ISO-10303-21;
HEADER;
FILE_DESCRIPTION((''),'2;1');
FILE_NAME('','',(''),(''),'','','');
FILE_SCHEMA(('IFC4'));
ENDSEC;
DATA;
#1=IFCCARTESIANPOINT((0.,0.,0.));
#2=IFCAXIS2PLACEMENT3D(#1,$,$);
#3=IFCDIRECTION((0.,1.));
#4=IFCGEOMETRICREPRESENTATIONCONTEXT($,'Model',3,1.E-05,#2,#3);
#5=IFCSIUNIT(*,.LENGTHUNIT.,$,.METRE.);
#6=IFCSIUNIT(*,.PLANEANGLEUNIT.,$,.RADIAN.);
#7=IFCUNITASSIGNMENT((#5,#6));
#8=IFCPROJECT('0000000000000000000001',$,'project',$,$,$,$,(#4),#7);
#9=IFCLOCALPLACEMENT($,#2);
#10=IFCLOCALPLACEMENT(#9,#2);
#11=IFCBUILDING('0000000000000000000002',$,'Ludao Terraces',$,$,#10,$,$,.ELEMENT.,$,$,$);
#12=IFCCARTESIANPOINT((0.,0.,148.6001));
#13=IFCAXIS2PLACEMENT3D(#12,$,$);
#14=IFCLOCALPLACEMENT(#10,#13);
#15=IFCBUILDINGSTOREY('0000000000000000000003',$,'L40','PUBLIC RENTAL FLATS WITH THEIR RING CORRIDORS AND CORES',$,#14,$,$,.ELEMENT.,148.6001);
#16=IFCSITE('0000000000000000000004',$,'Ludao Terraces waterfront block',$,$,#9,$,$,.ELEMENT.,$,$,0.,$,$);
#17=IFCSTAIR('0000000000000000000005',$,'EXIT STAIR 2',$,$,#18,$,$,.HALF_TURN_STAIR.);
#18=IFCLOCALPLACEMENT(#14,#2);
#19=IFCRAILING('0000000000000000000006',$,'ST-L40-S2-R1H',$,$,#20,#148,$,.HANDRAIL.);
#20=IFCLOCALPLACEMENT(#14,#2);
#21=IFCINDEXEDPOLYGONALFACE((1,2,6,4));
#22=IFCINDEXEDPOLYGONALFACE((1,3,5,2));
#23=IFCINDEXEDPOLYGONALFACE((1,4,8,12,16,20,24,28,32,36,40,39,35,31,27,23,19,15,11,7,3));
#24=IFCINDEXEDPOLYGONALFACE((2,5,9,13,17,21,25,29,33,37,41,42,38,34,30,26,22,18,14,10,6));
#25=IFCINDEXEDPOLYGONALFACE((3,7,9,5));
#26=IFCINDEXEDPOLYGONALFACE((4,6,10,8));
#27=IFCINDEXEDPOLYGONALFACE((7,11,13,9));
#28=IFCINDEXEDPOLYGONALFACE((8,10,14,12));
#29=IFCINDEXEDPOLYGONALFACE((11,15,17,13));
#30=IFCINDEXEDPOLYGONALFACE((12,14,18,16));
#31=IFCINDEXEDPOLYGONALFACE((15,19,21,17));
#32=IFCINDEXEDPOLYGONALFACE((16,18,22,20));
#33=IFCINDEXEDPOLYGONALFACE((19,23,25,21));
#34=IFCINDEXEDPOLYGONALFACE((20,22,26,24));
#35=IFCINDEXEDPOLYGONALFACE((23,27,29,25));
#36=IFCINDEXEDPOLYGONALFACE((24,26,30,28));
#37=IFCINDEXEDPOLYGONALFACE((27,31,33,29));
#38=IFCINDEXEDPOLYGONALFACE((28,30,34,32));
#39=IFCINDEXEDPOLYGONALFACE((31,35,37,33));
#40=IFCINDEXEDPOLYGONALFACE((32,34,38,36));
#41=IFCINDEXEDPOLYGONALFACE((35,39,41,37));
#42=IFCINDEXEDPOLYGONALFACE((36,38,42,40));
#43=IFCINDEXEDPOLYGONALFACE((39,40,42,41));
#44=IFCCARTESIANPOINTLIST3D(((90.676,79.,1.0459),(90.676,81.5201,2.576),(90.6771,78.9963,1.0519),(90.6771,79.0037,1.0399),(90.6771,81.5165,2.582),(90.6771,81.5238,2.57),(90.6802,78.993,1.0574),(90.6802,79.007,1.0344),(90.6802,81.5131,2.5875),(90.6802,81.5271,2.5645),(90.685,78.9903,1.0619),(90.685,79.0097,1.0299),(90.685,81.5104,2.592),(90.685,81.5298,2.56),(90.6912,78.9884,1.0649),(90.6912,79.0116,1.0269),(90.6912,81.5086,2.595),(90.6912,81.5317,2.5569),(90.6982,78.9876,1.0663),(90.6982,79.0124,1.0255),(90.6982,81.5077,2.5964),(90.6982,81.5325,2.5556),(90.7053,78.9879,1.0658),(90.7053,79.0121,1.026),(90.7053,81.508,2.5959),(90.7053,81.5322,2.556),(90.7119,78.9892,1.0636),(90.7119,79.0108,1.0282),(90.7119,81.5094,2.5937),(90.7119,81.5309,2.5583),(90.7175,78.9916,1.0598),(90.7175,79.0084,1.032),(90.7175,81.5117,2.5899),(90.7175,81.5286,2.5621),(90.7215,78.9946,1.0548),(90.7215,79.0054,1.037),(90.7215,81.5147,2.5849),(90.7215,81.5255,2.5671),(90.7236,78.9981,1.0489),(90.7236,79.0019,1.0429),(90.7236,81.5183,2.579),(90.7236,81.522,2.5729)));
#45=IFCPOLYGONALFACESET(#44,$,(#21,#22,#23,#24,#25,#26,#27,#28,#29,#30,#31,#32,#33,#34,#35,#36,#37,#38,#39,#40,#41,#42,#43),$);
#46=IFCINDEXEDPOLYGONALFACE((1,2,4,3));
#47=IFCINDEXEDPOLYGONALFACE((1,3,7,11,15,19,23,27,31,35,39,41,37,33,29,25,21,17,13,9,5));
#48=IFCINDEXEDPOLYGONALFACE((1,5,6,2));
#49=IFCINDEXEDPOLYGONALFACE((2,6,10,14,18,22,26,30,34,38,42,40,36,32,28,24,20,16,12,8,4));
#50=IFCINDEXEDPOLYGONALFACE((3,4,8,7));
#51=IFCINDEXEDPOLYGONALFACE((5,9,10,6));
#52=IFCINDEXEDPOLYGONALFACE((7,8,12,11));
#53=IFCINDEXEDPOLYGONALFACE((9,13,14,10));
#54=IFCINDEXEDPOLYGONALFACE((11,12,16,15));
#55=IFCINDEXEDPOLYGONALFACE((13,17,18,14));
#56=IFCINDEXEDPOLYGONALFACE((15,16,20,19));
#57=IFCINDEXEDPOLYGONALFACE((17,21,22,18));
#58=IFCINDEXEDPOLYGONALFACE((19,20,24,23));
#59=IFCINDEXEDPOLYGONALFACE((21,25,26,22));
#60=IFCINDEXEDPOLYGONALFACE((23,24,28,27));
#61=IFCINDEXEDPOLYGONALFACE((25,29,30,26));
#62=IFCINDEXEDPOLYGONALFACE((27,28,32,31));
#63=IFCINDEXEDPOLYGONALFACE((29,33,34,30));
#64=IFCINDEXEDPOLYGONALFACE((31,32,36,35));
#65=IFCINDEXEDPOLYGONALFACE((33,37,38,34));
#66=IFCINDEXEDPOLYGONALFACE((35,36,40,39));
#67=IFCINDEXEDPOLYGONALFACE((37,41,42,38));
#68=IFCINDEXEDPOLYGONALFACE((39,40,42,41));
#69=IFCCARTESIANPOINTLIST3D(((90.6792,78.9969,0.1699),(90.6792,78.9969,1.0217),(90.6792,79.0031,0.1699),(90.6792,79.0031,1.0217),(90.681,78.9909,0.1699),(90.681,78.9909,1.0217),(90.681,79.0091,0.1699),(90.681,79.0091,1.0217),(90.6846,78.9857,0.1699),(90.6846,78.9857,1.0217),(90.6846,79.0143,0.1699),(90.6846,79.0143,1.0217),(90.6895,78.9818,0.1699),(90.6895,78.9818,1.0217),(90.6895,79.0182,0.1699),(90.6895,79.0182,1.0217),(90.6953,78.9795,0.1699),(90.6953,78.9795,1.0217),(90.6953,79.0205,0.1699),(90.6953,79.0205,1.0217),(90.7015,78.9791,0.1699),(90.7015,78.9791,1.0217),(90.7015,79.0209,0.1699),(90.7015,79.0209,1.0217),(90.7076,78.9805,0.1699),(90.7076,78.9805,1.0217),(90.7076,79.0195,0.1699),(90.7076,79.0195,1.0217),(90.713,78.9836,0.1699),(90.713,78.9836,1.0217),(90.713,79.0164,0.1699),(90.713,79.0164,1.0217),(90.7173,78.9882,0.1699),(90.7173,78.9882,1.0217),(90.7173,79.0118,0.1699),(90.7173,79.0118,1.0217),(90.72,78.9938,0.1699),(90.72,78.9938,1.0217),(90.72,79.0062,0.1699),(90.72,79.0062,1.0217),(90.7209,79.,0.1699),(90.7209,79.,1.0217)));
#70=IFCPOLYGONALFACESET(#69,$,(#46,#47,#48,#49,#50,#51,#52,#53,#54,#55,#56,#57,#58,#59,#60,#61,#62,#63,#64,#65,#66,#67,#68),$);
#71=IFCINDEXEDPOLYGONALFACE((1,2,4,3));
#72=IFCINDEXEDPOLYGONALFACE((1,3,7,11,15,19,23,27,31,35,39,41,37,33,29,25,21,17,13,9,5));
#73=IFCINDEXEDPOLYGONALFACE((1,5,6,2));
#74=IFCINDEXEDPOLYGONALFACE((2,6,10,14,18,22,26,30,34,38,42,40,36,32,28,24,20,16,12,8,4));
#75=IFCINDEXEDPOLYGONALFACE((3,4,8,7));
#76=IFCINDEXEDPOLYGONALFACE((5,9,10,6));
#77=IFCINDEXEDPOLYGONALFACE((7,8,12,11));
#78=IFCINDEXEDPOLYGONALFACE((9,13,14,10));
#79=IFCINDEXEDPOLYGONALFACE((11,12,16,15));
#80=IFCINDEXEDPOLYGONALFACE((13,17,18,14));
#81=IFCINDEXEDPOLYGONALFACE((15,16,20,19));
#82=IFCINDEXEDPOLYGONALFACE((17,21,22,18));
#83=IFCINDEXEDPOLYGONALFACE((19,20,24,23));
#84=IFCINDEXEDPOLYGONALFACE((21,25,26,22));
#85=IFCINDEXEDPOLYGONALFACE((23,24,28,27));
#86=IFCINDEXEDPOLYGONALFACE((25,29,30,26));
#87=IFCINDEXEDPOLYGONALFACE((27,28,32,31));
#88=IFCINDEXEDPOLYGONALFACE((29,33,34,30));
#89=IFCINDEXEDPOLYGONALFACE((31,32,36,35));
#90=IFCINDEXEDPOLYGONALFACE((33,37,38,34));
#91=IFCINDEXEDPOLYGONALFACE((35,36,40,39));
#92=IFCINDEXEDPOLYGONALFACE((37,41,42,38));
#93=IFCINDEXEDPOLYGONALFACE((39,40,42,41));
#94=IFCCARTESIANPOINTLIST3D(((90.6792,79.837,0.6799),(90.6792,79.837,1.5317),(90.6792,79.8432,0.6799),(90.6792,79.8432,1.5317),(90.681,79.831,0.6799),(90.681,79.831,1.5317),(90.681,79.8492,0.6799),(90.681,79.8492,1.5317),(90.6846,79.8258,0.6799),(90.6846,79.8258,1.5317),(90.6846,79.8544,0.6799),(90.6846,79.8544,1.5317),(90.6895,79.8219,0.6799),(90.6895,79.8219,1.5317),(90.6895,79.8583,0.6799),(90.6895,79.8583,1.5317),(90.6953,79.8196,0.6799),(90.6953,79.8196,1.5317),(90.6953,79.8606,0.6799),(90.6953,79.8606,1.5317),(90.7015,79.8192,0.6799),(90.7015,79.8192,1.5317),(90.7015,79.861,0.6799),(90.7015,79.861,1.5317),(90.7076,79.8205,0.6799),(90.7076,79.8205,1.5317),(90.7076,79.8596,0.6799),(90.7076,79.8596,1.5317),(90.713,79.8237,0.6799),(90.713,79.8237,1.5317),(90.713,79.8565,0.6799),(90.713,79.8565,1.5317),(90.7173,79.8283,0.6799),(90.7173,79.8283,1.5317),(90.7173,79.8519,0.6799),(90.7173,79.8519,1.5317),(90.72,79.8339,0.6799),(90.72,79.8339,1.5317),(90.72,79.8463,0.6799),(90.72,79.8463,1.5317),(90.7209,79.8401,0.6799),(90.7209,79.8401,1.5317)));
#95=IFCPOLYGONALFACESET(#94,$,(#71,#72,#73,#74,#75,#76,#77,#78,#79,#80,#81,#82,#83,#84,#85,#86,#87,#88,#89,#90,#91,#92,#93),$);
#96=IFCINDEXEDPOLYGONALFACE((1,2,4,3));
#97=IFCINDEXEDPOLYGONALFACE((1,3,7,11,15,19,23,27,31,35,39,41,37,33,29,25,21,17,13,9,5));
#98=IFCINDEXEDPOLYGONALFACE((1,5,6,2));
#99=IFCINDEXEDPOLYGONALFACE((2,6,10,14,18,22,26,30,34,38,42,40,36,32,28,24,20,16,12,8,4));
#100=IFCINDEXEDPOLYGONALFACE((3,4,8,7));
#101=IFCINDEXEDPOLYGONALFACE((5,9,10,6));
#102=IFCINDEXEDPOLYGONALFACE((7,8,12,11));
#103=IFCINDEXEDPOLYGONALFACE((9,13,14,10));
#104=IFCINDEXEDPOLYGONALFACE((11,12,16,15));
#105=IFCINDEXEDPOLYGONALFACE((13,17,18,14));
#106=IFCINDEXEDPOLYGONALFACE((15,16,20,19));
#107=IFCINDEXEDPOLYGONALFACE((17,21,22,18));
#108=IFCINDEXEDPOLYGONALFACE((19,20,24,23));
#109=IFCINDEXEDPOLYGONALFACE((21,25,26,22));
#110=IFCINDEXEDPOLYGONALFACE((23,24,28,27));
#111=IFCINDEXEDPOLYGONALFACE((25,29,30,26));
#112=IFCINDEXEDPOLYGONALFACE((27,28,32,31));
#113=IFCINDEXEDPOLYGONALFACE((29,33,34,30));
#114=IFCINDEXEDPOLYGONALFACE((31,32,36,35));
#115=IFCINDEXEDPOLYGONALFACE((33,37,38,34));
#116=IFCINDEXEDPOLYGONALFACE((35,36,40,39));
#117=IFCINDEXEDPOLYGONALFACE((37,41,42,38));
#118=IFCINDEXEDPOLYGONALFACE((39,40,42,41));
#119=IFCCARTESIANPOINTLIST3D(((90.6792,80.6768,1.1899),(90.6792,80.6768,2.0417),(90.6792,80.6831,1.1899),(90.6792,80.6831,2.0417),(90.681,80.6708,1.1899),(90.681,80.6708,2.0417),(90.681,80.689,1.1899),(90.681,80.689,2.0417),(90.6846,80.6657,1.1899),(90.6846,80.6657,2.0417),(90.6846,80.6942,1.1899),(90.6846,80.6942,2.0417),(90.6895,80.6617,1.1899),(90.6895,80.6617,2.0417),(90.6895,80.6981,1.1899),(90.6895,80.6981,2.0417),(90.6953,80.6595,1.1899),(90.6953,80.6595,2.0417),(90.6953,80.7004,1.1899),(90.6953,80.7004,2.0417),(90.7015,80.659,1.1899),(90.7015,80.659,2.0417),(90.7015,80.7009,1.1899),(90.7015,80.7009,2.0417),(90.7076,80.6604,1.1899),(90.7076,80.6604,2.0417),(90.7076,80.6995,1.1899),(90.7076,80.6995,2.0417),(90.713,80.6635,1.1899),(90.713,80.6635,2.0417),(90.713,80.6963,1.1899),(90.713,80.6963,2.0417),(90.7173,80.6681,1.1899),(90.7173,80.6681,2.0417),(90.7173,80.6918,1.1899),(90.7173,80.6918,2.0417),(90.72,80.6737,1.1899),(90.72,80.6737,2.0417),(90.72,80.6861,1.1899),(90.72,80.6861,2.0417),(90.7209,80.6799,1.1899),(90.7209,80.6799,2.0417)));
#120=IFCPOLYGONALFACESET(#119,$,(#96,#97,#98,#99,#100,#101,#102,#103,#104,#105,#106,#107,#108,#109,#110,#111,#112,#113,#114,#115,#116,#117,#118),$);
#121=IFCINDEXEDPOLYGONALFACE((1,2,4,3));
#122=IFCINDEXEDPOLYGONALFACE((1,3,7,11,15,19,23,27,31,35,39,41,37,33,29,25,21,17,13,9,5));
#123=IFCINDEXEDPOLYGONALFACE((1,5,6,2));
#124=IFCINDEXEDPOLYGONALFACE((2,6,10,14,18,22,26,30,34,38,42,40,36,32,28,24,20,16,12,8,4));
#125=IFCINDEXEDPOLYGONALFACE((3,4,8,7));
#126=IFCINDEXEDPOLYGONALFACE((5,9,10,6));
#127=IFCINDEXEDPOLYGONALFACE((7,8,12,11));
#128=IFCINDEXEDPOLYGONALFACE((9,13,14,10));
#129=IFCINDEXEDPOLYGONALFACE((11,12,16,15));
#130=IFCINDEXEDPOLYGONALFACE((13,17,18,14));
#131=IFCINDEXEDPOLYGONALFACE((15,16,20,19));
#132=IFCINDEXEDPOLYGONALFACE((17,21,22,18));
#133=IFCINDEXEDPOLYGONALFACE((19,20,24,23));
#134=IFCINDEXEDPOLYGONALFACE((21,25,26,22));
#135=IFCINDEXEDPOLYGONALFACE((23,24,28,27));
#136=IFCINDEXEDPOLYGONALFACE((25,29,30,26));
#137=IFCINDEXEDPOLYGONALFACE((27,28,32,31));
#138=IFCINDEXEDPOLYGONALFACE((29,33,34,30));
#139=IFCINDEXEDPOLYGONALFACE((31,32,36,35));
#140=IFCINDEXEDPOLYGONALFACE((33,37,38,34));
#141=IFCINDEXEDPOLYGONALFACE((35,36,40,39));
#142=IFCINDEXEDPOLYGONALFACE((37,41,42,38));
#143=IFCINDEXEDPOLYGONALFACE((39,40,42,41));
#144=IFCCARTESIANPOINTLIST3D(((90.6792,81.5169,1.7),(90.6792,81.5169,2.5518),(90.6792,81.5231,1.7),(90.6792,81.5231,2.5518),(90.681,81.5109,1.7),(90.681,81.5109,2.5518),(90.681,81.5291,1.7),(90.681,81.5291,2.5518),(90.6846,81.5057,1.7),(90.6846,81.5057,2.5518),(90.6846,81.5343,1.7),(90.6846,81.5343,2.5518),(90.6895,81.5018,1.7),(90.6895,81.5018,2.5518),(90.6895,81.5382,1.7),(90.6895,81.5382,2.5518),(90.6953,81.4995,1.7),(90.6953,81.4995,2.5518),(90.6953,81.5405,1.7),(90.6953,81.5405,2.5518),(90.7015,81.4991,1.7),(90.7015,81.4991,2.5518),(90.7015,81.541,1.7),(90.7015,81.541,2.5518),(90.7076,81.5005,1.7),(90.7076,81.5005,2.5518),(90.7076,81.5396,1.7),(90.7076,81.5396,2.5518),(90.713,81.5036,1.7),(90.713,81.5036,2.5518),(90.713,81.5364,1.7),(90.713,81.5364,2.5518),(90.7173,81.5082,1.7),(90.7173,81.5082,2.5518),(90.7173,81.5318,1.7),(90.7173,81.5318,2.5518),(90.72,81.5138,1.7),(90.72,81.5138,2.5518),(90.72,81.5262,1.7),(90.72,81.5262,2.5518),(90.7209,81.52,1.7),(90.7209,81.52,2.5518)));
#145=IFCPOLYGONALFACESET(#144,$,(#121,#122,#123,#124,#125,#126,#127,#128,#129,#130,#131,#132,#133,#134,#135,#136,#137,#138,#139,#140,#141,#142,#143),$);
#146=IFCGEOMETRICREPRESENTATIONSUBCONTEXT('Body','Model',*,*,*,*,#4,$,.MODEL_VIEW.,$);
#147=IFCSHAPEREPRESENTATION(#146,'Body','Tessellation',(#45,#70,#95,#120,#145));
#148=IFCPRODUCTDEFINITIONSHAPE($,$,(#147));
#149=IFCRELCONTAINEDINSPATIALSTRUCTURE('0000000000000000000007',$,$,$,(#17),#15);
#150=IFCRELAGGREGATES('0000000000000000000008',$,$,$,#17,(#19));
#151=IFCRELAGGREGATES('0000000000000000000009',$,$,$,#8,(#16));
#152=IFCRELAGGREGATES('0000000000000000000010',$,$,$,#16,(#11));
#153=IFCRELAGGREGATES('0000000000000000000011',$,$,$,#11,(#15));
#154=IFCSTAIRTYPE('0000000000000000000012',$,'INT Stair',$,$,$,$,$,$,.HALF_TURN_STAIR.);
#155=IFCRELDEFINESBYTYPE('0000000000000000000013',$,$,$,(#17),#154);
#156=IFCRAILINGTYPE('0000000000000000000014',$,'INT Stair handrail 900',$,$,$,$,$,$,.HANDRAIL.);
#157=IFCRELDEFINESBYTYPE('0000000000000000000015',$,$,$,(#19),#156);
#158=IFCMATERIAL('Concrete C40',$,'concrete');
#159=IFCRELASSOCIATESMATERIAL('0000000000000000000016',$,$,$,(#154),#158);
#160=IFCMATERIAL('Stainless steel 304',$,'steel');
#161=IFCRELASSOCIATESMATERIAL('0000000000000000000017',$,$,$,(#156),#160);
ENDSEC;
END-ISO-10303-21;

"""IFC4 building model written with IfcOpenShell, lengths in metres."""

from ifc_helpers import new_model, si_unit, direction, frame, origin, origin_2d, place, context, subcontext, project, spatial, circle, extrude, material, type_object, element, aggregate, save


model = new_model("IFC4")

# Units and contexts
model_context = context("Model", 3, precision=1e-05, world=origin(), true_north=direction((0.0, 1.0)))
body_context = subcontext(model_context, "Body", "Model", "MODEL_VIEW")
ifc_project = project(units=[si_unit("LENGTHUNIT", "METRE"), si_unit("PLANEANGLEUNIT", "RADIAN")], contexts=[model_context])

# Site, building, storey
site_placement = place(None, origin())
site = spatial("IfcSite", under=ifc_project, at=site_placement, Name="Ludao Terraces waterfront block", CompositionType="ELEMENT", RefElevation=0.0)
building_placement = place(site_placement, origin())
building = spatial("IfcBuilding", under=site, at=building_placement, Name="Ludao Terraces", CompositionType="ELEMENT")
storey_placement = place(building_placement, frame((0.0, 0.0, 148.6001)))
storey = spatial("IfcBuildingStorey", under=building, at=storey_placement, Name="L40", Description="PUBLIC RENTAL FLATS WITH THEIR RING CORRIDORS AND CORES", CompositionType="ELEMENT", Elevation=148.6001)

# Shared definitions
ifc_material_1 = material(Name="Concrete C40", Category="concrete")

# Shared definitions
ifc_material_2 = material(Name="Stainless steel 304", Category="steel")

# Stair, railing
stair_type = type_object("IfcStairType", Name="INT Stair", PredefinedType="HALF_TURN_STAIR", material=ifc_material_1)
stair_placement = place(storey_placement, origin())
stair = element("IfcStair", 1, at=stair_placement, inside=storey, type_object=stair_type, Name="EXIT STAIR 2", PredefinedType="HALF_TURN_STAIR")
railing_type_1 = type_object("IfcRailingType", Name="INT Stair handrail 900", PredefinedType="HANDRAIL", material=ifc_material_2)
railing_1_placement = place(storey_placement, frame((90.7, 79.0, 0.1699)))
railing_1 = element("IfcRailing", 2, at=railing_1_placement, type_object=railing_type_1, Name="ST-L40-S2-R1H", PredefinedType="HANDRAIL", context=body_context, shape_type="SweptSolid", body=[
    extrude(circle(Radius=0.0239, at=origin_2d()), frame((0.0, 0.0, 0.876), z_axis=(0.0, 0.854785, 0.518982), x_axis=(-1.0, 0.0, 0.0)), (0.0, 0.0, 1.0), 2.9482),
    extrude(circle(Radius=0.021, at=origin_2d()), origin(), (0.0, 0.0, 1.0), 0.8518),
    extrude(circle(Radius=0.021, at=origin_2d()), frame((0.0, 0.8401, 0.51)), (0.0, 0.0, 1.0), 0.8518),
    extrude(circle(Radius=0.021, at=origin_2d()), frame((0.0, 1.6799, 1.02)), (0.0, 0.0, 1.0), 0.8518),
    extrude(circle(Radius=0.021, at=origin_2d()), frame((0.0, 2.52, 1.53)), (0.0, 0.0, 1.0), 0.8518),
])
aggregate(stair, [railing_1])

save(model, "model.ifc")
